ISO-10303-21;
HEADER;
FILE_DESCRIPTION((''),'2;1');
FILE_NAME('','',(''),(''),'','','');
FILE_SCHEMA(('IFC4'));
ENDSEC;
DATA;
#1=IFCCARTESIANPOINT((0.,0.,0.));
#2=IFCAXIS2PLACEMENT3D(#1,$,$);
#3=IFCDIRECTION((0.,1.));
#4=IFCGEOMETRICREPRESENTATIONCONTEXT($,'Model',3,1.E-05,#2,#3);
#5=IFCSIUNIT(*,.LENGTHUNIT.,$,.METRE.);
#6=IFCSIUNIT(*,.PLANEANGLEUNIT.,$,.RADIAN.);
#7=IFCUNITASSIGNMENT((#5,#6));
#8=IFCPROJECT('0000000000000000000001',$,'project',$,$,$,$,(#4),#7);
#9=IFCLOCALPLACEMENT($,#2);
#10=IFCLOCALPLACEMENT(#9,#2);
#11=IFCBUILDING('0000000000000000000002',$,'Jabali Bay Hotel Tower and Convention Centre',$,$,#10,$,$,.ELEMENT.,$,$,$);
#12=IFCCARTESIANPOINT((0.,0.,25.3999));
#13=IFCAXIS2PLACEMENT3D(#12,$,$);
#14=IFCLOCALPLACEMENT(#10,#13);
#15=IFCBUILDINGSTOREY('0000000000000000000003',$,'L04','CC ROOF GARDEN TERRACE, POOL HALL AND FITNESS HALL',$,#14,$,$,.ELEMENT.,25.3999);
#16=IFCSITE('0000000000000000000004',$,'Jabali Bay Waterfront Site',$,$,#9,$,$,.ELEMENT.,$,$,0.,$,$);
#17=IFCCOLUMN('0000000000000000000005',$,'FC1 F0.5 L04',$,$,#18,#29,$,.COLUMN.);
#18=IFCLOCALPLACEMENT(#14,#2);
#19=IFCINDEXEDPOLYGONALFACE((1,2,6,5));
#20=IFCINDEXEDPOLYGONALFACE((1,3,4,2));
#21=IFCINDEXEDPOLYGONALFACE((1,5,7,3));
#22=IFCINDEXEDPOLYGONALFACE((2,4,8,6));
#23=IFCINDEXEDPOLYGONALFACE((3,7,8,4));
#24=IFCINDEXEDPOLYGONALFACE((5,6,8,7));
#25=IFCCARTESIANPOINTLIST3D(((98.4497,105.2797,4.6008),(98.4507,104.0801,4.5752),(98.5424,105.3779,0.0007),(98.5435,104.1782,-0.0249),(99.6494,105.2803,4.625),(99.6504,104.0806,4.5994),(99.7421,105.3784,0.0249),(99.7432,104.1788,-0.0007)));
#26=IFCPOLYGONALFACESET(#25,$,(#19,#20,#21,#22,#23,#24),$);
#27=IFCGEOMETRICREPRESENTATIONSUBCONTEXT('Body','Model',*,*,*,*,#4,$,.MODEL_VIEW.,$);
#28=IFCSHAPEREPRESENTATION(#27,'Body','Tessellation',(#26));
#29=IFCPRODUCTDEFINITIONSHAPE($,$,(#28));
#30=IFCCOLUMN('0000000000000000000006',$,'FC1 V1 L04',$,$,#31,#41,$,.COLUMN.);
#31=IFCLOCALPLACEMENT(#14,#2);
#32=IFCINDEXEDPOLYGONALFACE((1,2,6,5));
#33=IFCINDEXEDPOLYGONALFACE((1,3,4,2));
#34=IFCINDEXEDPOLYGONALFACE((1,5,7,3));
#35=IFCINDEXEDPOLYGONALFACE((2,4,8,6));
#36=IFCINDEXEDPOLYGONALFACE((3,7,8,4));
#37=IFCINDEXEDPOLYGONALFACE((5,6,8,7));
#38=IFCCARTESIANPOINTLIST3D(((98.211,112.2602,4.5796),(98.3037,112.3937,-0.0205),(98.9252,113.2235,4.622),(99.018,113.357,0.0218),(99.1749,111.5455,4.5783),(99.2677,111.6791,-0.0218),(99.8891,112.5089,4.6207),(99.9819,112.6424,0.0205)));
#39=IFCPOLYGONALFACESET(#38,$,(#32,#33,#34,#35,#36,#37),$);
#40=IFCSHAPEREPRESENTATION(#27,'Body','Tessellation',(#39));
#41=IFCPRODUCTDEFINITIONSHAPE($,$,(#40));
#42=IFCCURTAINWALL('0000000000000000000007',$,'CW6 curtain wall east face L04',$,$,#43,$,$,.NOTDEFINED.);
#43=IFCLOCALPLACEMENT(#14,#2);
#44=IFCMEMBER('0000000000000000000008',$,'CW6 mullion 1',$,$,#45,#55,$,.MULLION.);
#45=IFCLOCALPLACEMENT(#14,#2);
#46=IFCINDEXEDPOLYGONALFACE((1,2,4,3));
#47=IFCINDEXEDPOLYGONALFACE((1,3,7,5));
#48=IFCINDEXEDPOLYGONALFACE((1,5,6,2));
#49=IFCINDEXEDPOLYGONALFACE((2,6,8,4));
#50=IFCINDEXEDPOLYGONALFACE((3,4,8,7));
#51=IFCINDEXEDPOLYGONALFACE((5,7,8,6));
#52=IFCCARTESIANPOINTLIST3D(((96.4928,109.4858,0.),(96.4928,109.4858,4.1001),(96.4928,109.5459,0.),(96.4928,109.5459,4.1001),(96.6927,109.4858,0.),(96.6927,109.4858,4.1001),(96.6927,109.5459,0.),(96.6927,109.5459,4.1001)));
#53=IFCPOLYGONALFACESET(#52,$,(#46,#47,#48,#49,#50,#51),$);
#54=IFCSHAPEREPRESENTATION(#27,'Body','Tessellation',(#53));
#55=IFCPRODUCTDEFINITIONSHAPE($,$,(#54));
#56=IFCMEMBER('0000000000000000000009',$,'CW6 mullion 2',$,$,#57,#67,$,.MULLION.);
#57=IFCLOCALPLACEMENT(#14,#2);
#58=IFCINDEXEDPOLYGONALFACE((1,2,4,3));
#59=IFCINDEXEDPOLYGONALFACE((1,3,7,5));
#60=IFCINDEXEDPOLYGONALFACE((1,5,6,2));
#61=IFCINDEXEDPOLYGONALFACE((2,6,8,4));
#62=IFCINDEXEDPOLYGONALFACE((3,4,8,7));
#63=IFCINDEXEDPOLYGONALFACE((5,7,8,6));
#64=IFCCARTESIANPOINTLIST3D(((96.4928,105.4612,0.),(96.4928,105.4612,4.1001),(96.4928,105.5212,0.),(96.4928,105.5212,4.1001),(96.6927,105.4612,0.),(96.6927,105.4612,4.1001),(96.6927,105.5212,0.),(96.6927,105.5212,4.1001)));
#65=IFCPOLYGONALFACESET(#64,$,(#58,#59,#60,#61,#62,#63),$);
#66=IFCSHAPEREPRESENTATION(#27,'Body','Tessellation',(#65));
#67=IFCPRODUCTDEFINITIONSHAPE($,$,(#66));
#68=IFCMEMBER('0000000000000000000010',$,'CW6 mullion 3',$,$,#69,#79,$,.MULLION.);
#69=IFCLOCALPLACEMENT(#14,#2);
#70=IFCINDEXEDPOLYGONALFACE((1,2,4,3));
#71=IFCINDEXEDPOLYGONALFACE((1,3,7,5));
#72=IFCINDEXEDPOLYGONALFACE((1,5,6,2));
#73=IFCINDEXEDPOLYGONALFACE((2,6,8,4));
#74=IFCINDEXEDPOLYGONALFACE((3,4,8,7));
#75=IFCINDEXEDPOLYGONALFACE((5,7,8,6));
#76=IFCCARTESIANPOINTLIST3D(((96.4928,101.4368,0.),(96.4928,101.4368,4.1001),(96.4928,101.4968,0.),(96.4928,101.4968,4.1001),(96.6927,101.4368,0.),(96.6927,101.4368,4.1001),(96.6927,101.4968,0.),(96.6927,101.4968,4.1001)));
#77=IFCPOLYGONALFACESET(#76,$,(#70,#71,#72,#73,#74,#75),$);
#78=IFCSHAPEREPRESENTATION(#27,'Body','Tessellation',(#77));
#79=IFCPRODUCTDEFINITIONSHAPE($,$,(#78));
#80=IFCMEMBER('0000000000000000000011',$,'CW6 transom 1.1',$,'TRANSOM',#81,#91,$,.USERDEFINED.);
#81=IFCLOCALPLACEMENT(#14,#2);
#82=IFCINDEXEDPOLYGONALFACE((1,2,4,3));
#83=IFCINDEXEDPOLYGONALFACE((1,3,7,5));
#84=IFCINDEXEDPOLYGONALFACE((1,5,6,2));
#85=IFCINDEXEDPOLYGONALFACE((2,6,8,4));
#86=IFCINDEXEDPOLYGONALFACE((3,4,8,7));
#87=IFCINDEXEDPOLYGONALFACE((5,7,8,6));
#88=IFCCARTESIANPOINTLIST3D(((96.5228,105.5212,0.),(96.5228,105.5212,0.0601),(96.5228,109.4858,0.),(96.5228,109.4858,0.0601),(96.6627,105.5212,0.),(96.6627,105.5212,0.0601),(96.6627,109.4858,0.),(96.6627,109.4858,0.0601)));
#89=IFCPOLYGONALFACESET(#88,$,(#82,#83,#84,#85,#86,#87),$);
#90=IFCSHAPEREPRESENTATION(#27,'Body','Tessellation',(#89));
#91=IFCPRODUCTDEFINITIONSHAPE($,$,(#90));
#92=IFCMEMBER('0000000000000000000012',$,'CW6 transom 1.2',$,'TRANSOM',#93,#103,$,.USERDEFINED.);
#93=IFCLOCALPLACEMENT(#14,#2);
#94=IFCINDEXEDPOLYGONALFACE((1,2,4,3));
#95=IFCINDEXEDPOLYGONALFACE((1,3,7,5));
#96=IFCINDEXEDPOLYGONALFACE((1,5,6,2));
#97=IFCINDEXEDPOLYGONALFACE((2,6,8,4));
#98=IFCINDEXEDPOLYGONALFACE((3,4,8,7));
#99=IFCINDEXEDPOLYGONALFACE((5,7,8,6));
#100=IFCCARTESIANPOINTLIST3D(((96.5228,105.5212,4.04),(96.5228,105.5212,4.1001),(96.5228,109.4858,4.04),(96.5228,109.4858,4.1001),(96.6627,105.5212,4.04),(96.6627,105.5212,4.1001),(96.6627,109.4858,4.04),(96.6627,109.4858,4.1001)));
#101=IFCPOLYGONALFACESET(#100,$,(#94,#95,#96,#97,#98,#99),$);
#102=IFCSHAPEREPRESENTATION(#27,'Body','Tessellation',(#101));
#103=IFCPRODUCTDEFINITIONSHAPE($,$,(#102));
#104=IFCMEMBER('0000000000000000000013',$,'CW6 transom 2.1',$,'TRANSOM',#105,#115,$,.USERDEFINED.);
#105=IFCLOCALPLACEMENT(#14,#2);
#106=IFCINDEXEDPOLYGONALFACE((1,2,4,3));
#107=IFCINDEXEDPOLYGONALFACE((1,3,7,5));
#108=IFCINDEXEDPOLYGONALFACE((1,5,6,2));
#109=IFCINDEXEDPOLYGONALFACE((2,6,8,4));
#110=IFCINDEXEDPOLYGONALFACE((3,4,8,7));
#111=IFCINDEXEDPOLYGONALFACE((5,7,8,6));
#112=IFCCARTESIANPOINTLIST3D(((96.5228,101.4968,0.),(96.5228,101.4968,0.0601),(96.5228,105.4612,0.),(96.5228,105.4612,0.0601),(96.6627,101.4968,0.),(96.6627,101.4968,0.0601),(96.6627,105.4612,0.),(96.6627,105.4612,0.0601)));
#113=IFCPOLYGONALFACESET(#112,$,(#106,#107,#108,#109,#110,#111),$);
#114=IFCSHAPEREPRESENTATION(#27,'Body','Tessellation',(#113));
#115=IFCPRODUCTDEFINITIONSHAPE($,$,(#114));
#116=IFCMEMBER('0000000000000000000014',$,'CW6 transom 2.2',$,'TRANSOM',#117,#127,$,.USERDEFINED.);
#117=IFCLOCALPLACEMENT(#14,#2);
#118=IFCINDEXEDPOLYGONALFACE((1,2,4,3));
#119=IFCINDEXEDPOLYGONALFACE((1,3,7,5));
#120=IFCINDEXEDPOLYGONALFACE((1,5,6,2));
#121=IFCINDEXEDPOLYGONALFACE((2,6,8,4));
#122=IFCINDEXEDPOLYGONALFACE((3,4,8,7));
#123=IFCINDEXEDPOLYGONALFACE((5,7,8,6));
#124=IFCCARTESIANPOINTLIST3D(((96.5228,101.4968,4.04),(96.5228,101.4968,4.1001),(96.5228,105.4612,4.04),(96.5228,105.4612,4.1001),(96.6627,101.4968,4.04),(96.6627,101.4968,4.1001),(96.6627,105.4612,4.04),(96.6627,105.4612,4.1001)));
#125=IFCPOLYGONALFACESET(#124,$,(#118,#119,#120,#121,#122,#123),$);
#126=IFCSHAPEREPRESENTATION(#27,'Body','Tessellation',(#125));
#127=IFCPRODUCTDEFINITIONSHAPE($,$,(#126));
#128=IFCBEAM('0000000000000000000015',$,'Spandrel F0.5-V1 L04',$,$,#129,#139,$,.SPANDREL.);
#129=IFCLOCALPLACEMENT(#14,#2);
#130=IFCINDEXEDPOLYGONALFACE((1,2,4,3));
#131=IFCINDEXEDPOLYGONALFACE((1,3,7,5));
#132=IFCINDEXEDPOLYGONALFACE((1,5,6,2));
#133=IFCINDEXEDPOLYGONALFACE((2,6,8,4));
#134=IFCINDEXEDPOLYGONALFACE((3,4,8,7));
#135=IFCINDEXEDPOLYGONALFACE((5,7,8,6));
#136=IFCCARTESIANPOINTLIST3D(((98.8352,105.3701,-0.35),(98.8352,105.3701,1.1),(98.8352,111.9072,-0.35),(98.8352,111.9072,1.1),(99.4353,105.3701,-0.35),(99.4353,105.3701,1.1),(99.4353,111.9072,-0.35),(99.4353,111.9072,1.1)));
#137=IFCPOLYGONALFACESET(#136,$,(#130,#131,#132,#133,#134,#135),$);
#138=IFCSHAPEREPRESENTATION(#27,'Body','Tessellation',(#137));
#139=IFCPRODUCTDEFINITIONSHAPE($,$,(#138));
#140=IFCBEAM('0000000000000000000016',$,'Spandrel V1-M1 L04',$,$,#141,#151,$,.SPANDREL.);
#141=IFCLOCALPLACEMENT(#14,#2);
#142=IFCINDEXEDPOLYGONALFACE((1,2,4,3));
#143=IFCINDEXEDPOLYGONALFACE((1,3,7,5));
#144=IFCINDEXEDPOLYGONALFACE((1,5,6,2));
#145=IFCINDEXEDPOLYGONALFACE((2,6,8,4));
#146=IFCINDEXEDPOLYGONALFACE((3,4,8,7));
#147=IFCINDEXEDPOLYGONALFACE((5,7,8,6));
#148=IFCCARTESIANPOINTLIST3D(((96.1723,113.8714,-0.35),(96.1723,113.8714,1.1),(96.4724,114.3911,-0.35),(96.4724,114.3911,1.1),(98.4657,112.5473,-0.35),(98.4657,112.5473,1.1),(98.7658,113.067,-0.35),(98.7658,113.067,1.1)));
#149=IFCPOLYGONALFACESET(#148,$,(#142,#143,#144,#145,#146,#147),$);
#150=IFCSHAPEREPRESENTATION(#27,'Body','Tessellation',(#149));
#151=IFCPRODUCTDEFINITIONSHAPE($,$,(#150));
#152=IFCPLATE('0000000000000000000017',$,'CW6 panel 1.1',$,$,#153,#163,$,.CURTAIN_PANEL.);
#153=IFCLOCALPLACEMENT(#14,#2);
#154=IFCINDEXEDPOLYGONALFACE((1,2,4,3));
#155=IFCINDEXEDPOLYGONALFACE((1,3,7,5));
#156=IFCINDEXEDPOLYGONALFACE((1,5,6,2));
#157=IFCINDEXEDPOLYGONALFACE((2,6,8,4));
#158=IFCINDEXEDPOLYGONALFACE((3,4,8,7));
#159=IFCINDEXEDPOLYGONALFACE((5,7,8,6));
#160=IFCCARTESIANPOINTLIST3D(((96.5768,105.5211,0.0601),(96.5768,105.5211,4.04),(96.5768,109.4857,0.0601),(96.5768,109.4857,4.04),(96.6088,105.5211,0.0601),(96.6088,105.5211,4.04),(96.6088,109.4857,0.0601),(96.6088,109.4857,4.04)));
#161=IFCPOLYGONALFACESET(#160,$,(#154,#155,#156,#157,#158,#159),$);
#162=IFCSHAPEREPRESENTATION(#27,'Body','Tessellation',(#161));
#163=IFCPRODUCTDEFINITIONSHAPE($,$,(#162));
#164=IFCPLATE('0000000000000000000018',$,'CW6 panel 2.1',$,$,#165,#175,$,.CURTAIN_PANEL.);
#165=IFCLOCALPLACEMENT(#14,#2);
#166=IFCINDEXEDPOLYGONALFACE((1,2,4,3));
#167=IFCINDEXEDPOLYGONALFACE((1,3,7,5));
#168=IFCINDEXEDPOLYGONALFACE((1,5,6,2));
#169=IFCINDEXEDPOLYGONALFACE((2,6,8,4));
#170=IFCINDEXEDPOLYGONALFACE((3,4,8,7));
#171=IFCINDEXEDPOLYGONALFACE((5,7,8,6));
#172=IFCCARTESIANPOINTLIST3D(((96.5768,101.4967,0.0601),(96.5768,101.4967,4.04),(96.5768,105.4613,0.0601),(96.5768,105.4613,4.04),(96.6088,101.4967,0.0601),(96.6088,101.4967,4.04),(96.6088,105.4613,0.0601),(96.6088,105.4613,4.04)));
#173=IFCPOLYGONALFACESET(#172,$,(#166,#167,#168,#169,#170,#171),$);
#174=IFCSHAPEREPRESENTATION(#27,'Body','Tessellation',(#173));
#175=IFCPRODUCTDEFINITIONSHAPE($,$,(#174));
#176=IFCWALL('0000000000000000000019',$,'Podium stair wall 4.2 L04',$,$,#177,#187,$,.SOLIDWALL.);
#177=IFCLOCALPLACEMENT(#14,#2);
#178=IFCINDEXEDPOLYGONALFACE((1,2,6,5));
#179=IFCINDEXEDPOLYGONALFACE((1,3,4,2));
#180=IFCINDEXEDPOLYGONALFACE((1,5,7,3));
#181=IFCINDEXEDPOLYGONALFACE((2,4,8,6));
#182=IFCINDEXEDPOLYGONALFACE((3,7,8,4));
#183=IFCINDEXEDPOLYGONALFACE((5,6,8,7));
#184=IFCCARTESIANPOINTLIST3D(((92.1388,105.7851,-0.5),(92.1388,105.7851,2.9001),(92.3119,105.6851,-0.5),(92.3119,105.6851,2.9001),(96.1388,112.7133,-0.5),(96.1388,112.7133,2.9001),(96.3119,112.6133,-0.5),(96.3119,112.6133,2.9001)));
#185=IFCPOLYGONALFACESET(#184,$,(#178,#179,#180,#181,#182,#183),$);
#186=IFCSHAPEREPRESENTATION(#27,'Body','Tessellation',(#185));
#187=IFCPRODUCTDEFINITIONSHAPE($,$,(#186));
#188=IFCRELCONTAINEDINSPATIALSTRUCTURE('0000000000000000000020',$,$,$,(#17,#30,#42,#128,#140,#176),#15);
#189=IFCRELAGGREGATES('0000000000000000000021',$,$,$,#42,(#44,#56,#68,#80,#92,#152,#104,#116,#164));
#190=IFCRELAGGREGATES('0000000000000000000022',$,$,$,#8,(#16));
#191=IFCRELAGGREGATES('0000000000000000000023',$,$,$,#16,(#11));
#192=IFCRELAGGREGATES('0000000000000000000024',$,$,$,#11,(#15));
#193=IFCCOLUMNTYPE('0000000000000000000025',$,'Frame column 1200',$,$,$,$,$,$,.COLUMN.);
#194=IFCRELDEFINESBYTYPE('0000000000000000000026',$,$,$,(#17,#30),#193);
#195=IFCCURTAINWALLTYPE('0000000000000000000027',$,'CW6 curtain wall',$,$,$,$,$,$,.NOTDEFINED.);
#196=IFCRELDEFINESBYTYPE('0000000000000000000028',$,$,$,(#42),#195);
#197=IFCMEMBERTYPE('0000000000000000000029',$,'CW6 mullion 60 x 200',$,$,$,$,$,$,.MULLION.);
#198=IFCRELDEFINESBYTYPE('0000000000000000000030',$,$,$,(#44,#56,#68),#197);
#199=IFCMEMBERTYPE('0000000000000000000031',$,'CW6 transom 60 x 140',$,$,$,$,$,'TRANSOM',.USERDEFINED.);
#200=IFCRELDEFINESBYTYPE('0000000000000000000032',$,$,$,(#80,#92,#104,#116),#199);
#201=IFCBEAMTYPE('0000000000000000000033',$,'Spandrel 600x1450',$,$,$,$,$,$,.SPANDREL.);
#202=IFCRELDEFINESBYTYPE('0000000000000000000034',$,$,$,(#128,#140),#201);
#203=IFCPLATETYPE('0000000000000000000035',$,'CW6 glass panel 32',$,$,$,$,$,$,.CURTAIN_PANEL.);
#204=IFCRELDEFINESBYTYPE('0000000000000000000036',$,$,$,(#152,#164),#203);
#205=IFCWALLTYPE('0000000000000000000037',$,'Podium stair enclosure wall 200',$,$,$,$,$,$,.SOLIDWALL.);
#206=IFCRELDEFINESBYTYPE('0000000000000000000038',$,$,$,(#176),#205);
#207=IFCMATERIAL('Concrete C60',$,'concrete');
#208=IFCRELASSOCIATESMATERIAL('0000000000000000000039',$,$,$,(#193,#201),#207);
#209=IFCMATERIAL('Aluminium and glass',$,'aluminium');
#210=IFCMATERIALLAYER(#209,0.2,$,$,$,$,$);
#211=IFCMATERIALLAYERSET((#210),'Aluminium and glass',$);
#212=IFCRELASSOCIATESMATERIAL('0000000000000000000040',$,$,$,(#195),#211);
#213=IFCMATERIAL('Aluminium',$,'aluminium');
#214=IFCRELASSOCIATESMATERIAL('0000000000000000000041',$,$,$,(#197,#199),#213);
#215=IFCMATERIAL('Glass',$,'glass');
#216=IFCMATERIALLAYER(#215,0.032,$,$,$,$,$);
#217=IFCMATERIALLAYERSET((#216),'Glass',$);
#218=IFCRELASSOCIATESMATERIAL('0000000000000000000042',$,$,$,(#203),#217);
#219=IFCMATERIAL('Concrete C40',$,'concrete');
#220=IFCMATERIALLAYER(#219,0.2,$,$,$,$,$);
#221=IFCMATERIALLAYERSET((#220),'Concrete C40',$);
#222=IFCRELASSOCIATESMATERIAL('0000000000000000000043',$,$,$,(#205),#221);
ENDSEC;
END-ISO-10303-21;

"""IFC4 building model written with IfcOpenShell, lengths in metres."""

from ifc_helpers import new_model, si_unit, direction, frame, frame_2d, origin, origin_2d, place, context, subcontext, project, spatial, rectangle, extrude, material, layer, layer_set, material_profile, profile_set, type_object, element, aggregate, save


model = new_model("IFC4")

# Units and contexts
model_context = context("Model", 3, precision=1e-05, world=origin(), true_north=direction((0.0, 1.0)))
body_context = subcontext(model_context, "Body", "Model", "MODEL_VIEW")
ifc_project = project(units=[si_unit("LENGTHUNIT", "METRE"), si_unit("PLANEANGLEUNIT", "RADIAN")], contexts=[model_context])

# Site, building, storey
site_placement = place(None, origin())
site = spatial("IfcSite", under=ifc_project, at=site_placement, Name="Jabali Bay Waterfront Site", CompositionType="ELEMENT", RefElevation=0.0)
building_placement = place(site_placement, origin())
building = spatial("IfcBuilding", under=site, at=building_placement, Name="Jabali Bay Hotel Tower and Convention Centre", CompositionType="ELEMENT")
storey_placement = place(building_placement, frame((0.0, 0.0, 25.3999)))
storey = spatial("IfcBuildingStorey", under=building, at=storey_placement, Name="L04", Description="CC ROOF GARDEN TERRACE, POOL HALL AND FITNESS HALL", CompositionType="ELEMENT", Elevation=25.3999)

# Columns
ifc_material_1 = material(Name="Concrete C60", Category="concrete")
ifc_material_profile_1 = material_profile(ifc_material_1, rectangle(XDim=1.2, YDim=1.2, at=origin_2d()), Name="Frame column 1200")
ifc_profile_set_1 = profile_set([ifc_material_profile_1], Name="Concrete C60")
column_type = type_object("IfcColumnType", Name="Frame column 1200", PredefinedType="COLUMN", material=ifc_profile_set_1)
column_1_placement = place(storey_placement, frame((99.1428, 104.7783, 0.0), z_axis=(-0.020159, -0.021326, 0.999569), x_axis=(0.999796, 0.000449, 0.020173)))
element("IfcColumn", 1, at=column_1_placement, inside=storey, type_object=column_type, Name="FC1 F0.5 L04", PredefinedType="COLUMN", context=body_context, shape_type="SweptSolid", body=[
    extrude(rectangle(XDim=1.2, YDim=1.2, at=origin_2d()), origin(), (0.0, 0.0, 1.0), 4.6021),
])
column_2_placement = place(storey_placement, frame((99.1428, 112.5181, 0.0), z_axis=(-0.020155, -0.029013, 0.999376), x_axis=(0.595218, 0.802788, 0.03531)))
element("IfcColumn", 2, at=column_2_placement, inside=storey, type_object=column_type, Name="FC1 V1 L04", PredefinedType="COLUMN", context=body_context, shape_type="SweptSolid", body=[
    extrude(rectangle(XDim=1.2, YDim=1.2, at=origin_2d()), origin(), (0.0, 0.0, 1.0), 4.603),
])

# Curtain wall, members
ifc_material_2 = material(Name="Aluminium and glass", Category="aluminium")
ifc_layer_1 = layer(ifc_material_2, 0.2)
ifc_layer_set_1 = layer_set([ifc_layer_1], Name="Aluminium and glass")
curtain_wall_type = type_object("IfcCurtainWallType", Name="CW6 curtain wall", PredefinedType="NOTDEFINED", material=ifc_layer_set_1)
curtain_wall_placement = place(storey_placement, origin())
curtain_wall = element("IfcCurtainWall", 3, at=curtain_wall_placement, inside=storey, type_object=curtain_wall_type, Name="CW6 curtain wall east face L04", PredefinedType="NOTDEFINED")
ifc_material_3 = material(Name="Aluminium", Category="aluminium")
ifc_material_profile_2 = material_profile(ifc_material_3, rectangle(XDim=0.2, YDim=0.0601, at=origin_2d()), Name="CW6 mullion 60 x 200")
ifc_profile_set_2 = profile_set([ifc_material_profile_2], Name="Aluminium")
member_type_1 = type_object("IfcMemberType", Name="CW6 mullion 60 x 200", PredefinedType="MULLION", material=ifc_profile_set_2)
member_1_placement = place(storey_placement, frame((96.5928, 109.5159, 0.0), z_axis=(0.0, 0.0, 1.0), x_axis=(1.0, 0.0, 0.0)))
member_1 = element("IfcMember", 4, at=member_1_placement, type_object=member_type_1, Name="CW6 mullion 1", PredefinedType="MULLION", context=body_context, shape_type="SweptSolid", body=[
    extrude(rectangle(XDim=0.2, YDim=0.0601, at=origin_2d()), origin(), (0.0, 0.0, 1.0), 4.1001),
])
member_2_placement = place(storey_placement, frame((96.5928, 105.4912, 0.0), z_axis=(0.0, 0.0, 1.0), x_axis=(1.0, 0.0, 0.0)))
member_2 = element("IfcMember", 5, at=member_2_placement, type_object=member_type_1, Name="CW6 mullion 2", PredefinedType="MULLION", context=body_context, shape_type="SweptSolid", body=[
    extrude(rectangle(XDim=0.2, YDim=0.0601, at=origin_2d()), origin(), (0.0, 0.0, 1.0), 4.1001),
])
member_3_placement = place(storey_placement, frame((96.5928, 101.4668, 0.0), z_axis=(0.0, 0.0, 1.0), x_axis=(1.0, 0.0, 0.0)))
member_3 = element("IfcMember", 6, at=member_3_placement, type_object=member_type_1, Name="CW6 mullion 3", PredefinedType="MULLION", context=body_context, shape_type="SweptSolid", body=[
    extrude(rectangle(XDim=0.2, YDim=0.0601, at=origin_2d()), origin(), (0.0, 0.0, 1.0), 4.1001),
])
ifc_material_profile_3 = material_profile(ifc_material_3, rectangle(XDim=0.1399, YDim=0.0601, at=origin_2d()), Name="CW6 transom 60 x 140")
ifc_profile_set_3 = profile_set([ifc_material_profile_3], Name="Aluminium")
member_type_2 = type_object("IfcMemberType", Name="CW6 transom 60 x 140", ElementType="TRANSOM", PredefinedType="USERDEFINED", material=ifc_profile_set_3)
member_4_placement = place(storey_placement, frame((96.5928, 109.4858, 0.03), z_axis=(0.0, -1.0, 0.0), x_axis=(1.0, 0.0, 0.0)))
member_4 = element("IfcMember", 7, at=member_4_placement, type_object=member_type_2, Name="CW6 transom 1.1", ObjectType="TRANSOM", PredefinedType="USERDEFINED", context=body_context, shape_type="SweptSolid", body=[
    extrude(rectangle(XDim=0.1399, YDim=0.0601, at=origin_2d()), origin(), (0.0, 0.0, 1.0), 3.9646),
])
member_5_placement = place(storey_placement, frame((96.5928, 109.4858, 4.0701), z_axis=(0.0, -1.0, 0.0), x_axis=(1.0, 0.0, 0.0)))
member_5 = element("IfcMember", 8, at=member_5_placement, type_object=member_type_2, Name="CW6 transom 1.2", ObjectType="TRANSOM", PredefinedType="USERDEFINED", context=body_context, shape_type="SweptSolid", body=[
    extrude(rectangle(XDim=0.1399, YDim=0.0601, at=origin_2d()), origin(), (0.0, 0.0, 1.0), 3.9646),
])
member_6_placement = place(storey_placement, frame((96.5928, 105.4612, 0.03), z_axis=(0.0, -1.0, 0.0), x_axis=(1.0, 0.0, 0.0)))
member_6 = element("IfcMember", 9, at=member_6_placement, type_object=member_type_2, Name="CW6 transom 2.1", ObjectType="TRANSOM", PredefinedType="USERDEFINED", context=body_context, shape_type="SweptSolid", body=[
    extrude(rectangle(XDim=0.1399, YDim=0.0601, at=origin_2d()), origin(), (0.0, 0.0, 1.0), 3.9644),
])
member_7_placement = place(storey_placement, frame((96.5928, 105.4612, 4.0701), z_axis=(0.0, -1.0, 0.0), x_axis=(1.0, 0.0, 0.0)))
member_7 = element("IfcMember", 10, at=member_7_placement, type_object=member_type_2, Name="CW6 transom 2.2", ObjectType="TRANSOM", PredefinedType="USERDEFINED", context=body_context, shape_type="SweptSolid", body=[
    extrude(rectangle(XDim=0.1399, YDim=0.0601, at=origin_2d()), origin(), (0.0, 0.0, 1.0), 3.9644),
])

# Beams
ifc_material_profile_4 = material_profile(ifc_material_1, rectangle(XDim=0.6001, YDim=1.45, at=origin_2d()), Name="Spandrel 600x1450")
ifc_profile_set_4 = profile_set([ifc_material_profile_4], Name="Concrete C60")
beam_type = type_object("IfcBeamType", Name="Spandrel 600x1450", PredefinedType="SPANDREL", material=ifc_profile_set_4)
beam_1_placement = place(storey_placement, frame((99.1353, 105.3701, 0.375), z_axis=(0.0, 1.0, 0.0), x_axis=(-1.0, 0.0, 0.0)))
element("IfcBeam", 11, at=beam_1_placement, inside=storey, type_object=beam_type, Name="Spandrel F0.5-V1 L04", PredefinedType="SPANDREL", context=body_context, shape_type="SweptSolid", body=[
    extrude(rectangle(XDim=0.6001, YDim=1.45, at=origin_2d()), origin(), (0.0, 0.0, 1.0), 6.5371),
])
beam_2_placement = place(storey_placement, frame((98.6157, 112.8071, 0.375), z_axis=(-0.866011, 0.500026, 0.0), x_axis=(-0.500026, -0.866011, 0.0)))
element("IfcBeam", 12, at=beam_2_placement, inside=storey, type_object=beam_type, Name="Spandrel V1-M1 L04", PredefinedType="SPANDREL", context=body_context, shape_type="SweptSolid", body=[
    extrude(rectangle(XDim=0.6001, YDim=1.45, at=origin_2d()), origin(), (0.0, 0.0, 1.0), 2.6482),
])

# Plates
ifc_material_4 = material(Name="Glass", Category="glass")
ifc_layer_2 = layer(ifc_material_4, 0.032)
ifc_layer_set_2 = layer_set([ifc_layer_2], Name="Glass")
plate_type = type_object("IfcPlateType", Name="CW6 glass panel 32", PredefinedType="CURTAIN_PANEL", material=ifc_layer_set_2)
plate_1_placement = place(storey_placement, frame((96.5928, 107.5034, 0.0601), z_axis=(0.0, 0.0, 1.0), x_axis=(0.0, -1.0, 0.0)))
plate_1 = element("IfcPlate", 13, at=plate_1_placement, type_object=plate_type, Name="CW6 panel 1.1", PredefinedType="CURTAIN_PANEL", context=body_context, shape_type="SweptSolid", body=[
    extrude(rectangle(XDim=3.9646, YDim=0.032, at=origin_2d()), origin(), (0.0, 0.0, 1.0), 3.98),
])
plate_2_placement = place(storey_placement, frame((96.5928, 103.479, 0.0601), z_axis=(0.0, 0.0, 1.0), x_axis=(0.0, -1.0, 0.0)))
plate_2 = element("IfcPlate", 14, at=plate_2_placement, type_object=plate_type, Name="CW6 panel 2.1", PredefinedType="CURTAIN_PANEL", context=body_context, shape_type="SweptSolid", body=[
    extrude(rectangle(XDim=3.9646, YDim=0.032, at=origin_2d()), origin(), (0.0, 0.0, 1.0), 3.98),
])
aggregate(curtain_wall, [member_1, member_2, member_3, member_4, member_5, plate_1, member_6, member_7, plate_2])

# Shared definitions
ifc_material_5 = material(Name="Concrete C40", Category="concrete")

# Wall
ifc_layer_3 = layer(ifc_material_5, 0.2)
ifc_layer_set_3 = layer_set([ifc_layer_3], Name="Concrete C40")
wall_type_1 = type_object("IfcWallType", Name="Podium stair enclosure wall 200", PredefinedType="SOLIDWALL", material=ifc_layer_set_3)
for number, where, z_axis, x_axis, name in (
    (15, (96.2253, 112.6633, -0.5), (0.0, 0.0, 1.0), (-0.499999, -0.866026, 0.0), "Podium stair wall 4.2 L04"),
):
    element("IfcWall", number, at=place(storey_placement, frame(where, z_axis=z_axis, x_axis=x_axis)), inside=storey, type_object=wall_type_1, Name=name, PredefinedType="SOLIDWALL", context=body_context, shape_type="SweptSolid", body=[
        extrude(rectangle(XDim=8.0, YDim=0.2, at=frame_2d((4.0, 0.0))), origin(), (0.0, 0.0, 1.0), 3.4001),
    ])

save(model, "model.ifc")
